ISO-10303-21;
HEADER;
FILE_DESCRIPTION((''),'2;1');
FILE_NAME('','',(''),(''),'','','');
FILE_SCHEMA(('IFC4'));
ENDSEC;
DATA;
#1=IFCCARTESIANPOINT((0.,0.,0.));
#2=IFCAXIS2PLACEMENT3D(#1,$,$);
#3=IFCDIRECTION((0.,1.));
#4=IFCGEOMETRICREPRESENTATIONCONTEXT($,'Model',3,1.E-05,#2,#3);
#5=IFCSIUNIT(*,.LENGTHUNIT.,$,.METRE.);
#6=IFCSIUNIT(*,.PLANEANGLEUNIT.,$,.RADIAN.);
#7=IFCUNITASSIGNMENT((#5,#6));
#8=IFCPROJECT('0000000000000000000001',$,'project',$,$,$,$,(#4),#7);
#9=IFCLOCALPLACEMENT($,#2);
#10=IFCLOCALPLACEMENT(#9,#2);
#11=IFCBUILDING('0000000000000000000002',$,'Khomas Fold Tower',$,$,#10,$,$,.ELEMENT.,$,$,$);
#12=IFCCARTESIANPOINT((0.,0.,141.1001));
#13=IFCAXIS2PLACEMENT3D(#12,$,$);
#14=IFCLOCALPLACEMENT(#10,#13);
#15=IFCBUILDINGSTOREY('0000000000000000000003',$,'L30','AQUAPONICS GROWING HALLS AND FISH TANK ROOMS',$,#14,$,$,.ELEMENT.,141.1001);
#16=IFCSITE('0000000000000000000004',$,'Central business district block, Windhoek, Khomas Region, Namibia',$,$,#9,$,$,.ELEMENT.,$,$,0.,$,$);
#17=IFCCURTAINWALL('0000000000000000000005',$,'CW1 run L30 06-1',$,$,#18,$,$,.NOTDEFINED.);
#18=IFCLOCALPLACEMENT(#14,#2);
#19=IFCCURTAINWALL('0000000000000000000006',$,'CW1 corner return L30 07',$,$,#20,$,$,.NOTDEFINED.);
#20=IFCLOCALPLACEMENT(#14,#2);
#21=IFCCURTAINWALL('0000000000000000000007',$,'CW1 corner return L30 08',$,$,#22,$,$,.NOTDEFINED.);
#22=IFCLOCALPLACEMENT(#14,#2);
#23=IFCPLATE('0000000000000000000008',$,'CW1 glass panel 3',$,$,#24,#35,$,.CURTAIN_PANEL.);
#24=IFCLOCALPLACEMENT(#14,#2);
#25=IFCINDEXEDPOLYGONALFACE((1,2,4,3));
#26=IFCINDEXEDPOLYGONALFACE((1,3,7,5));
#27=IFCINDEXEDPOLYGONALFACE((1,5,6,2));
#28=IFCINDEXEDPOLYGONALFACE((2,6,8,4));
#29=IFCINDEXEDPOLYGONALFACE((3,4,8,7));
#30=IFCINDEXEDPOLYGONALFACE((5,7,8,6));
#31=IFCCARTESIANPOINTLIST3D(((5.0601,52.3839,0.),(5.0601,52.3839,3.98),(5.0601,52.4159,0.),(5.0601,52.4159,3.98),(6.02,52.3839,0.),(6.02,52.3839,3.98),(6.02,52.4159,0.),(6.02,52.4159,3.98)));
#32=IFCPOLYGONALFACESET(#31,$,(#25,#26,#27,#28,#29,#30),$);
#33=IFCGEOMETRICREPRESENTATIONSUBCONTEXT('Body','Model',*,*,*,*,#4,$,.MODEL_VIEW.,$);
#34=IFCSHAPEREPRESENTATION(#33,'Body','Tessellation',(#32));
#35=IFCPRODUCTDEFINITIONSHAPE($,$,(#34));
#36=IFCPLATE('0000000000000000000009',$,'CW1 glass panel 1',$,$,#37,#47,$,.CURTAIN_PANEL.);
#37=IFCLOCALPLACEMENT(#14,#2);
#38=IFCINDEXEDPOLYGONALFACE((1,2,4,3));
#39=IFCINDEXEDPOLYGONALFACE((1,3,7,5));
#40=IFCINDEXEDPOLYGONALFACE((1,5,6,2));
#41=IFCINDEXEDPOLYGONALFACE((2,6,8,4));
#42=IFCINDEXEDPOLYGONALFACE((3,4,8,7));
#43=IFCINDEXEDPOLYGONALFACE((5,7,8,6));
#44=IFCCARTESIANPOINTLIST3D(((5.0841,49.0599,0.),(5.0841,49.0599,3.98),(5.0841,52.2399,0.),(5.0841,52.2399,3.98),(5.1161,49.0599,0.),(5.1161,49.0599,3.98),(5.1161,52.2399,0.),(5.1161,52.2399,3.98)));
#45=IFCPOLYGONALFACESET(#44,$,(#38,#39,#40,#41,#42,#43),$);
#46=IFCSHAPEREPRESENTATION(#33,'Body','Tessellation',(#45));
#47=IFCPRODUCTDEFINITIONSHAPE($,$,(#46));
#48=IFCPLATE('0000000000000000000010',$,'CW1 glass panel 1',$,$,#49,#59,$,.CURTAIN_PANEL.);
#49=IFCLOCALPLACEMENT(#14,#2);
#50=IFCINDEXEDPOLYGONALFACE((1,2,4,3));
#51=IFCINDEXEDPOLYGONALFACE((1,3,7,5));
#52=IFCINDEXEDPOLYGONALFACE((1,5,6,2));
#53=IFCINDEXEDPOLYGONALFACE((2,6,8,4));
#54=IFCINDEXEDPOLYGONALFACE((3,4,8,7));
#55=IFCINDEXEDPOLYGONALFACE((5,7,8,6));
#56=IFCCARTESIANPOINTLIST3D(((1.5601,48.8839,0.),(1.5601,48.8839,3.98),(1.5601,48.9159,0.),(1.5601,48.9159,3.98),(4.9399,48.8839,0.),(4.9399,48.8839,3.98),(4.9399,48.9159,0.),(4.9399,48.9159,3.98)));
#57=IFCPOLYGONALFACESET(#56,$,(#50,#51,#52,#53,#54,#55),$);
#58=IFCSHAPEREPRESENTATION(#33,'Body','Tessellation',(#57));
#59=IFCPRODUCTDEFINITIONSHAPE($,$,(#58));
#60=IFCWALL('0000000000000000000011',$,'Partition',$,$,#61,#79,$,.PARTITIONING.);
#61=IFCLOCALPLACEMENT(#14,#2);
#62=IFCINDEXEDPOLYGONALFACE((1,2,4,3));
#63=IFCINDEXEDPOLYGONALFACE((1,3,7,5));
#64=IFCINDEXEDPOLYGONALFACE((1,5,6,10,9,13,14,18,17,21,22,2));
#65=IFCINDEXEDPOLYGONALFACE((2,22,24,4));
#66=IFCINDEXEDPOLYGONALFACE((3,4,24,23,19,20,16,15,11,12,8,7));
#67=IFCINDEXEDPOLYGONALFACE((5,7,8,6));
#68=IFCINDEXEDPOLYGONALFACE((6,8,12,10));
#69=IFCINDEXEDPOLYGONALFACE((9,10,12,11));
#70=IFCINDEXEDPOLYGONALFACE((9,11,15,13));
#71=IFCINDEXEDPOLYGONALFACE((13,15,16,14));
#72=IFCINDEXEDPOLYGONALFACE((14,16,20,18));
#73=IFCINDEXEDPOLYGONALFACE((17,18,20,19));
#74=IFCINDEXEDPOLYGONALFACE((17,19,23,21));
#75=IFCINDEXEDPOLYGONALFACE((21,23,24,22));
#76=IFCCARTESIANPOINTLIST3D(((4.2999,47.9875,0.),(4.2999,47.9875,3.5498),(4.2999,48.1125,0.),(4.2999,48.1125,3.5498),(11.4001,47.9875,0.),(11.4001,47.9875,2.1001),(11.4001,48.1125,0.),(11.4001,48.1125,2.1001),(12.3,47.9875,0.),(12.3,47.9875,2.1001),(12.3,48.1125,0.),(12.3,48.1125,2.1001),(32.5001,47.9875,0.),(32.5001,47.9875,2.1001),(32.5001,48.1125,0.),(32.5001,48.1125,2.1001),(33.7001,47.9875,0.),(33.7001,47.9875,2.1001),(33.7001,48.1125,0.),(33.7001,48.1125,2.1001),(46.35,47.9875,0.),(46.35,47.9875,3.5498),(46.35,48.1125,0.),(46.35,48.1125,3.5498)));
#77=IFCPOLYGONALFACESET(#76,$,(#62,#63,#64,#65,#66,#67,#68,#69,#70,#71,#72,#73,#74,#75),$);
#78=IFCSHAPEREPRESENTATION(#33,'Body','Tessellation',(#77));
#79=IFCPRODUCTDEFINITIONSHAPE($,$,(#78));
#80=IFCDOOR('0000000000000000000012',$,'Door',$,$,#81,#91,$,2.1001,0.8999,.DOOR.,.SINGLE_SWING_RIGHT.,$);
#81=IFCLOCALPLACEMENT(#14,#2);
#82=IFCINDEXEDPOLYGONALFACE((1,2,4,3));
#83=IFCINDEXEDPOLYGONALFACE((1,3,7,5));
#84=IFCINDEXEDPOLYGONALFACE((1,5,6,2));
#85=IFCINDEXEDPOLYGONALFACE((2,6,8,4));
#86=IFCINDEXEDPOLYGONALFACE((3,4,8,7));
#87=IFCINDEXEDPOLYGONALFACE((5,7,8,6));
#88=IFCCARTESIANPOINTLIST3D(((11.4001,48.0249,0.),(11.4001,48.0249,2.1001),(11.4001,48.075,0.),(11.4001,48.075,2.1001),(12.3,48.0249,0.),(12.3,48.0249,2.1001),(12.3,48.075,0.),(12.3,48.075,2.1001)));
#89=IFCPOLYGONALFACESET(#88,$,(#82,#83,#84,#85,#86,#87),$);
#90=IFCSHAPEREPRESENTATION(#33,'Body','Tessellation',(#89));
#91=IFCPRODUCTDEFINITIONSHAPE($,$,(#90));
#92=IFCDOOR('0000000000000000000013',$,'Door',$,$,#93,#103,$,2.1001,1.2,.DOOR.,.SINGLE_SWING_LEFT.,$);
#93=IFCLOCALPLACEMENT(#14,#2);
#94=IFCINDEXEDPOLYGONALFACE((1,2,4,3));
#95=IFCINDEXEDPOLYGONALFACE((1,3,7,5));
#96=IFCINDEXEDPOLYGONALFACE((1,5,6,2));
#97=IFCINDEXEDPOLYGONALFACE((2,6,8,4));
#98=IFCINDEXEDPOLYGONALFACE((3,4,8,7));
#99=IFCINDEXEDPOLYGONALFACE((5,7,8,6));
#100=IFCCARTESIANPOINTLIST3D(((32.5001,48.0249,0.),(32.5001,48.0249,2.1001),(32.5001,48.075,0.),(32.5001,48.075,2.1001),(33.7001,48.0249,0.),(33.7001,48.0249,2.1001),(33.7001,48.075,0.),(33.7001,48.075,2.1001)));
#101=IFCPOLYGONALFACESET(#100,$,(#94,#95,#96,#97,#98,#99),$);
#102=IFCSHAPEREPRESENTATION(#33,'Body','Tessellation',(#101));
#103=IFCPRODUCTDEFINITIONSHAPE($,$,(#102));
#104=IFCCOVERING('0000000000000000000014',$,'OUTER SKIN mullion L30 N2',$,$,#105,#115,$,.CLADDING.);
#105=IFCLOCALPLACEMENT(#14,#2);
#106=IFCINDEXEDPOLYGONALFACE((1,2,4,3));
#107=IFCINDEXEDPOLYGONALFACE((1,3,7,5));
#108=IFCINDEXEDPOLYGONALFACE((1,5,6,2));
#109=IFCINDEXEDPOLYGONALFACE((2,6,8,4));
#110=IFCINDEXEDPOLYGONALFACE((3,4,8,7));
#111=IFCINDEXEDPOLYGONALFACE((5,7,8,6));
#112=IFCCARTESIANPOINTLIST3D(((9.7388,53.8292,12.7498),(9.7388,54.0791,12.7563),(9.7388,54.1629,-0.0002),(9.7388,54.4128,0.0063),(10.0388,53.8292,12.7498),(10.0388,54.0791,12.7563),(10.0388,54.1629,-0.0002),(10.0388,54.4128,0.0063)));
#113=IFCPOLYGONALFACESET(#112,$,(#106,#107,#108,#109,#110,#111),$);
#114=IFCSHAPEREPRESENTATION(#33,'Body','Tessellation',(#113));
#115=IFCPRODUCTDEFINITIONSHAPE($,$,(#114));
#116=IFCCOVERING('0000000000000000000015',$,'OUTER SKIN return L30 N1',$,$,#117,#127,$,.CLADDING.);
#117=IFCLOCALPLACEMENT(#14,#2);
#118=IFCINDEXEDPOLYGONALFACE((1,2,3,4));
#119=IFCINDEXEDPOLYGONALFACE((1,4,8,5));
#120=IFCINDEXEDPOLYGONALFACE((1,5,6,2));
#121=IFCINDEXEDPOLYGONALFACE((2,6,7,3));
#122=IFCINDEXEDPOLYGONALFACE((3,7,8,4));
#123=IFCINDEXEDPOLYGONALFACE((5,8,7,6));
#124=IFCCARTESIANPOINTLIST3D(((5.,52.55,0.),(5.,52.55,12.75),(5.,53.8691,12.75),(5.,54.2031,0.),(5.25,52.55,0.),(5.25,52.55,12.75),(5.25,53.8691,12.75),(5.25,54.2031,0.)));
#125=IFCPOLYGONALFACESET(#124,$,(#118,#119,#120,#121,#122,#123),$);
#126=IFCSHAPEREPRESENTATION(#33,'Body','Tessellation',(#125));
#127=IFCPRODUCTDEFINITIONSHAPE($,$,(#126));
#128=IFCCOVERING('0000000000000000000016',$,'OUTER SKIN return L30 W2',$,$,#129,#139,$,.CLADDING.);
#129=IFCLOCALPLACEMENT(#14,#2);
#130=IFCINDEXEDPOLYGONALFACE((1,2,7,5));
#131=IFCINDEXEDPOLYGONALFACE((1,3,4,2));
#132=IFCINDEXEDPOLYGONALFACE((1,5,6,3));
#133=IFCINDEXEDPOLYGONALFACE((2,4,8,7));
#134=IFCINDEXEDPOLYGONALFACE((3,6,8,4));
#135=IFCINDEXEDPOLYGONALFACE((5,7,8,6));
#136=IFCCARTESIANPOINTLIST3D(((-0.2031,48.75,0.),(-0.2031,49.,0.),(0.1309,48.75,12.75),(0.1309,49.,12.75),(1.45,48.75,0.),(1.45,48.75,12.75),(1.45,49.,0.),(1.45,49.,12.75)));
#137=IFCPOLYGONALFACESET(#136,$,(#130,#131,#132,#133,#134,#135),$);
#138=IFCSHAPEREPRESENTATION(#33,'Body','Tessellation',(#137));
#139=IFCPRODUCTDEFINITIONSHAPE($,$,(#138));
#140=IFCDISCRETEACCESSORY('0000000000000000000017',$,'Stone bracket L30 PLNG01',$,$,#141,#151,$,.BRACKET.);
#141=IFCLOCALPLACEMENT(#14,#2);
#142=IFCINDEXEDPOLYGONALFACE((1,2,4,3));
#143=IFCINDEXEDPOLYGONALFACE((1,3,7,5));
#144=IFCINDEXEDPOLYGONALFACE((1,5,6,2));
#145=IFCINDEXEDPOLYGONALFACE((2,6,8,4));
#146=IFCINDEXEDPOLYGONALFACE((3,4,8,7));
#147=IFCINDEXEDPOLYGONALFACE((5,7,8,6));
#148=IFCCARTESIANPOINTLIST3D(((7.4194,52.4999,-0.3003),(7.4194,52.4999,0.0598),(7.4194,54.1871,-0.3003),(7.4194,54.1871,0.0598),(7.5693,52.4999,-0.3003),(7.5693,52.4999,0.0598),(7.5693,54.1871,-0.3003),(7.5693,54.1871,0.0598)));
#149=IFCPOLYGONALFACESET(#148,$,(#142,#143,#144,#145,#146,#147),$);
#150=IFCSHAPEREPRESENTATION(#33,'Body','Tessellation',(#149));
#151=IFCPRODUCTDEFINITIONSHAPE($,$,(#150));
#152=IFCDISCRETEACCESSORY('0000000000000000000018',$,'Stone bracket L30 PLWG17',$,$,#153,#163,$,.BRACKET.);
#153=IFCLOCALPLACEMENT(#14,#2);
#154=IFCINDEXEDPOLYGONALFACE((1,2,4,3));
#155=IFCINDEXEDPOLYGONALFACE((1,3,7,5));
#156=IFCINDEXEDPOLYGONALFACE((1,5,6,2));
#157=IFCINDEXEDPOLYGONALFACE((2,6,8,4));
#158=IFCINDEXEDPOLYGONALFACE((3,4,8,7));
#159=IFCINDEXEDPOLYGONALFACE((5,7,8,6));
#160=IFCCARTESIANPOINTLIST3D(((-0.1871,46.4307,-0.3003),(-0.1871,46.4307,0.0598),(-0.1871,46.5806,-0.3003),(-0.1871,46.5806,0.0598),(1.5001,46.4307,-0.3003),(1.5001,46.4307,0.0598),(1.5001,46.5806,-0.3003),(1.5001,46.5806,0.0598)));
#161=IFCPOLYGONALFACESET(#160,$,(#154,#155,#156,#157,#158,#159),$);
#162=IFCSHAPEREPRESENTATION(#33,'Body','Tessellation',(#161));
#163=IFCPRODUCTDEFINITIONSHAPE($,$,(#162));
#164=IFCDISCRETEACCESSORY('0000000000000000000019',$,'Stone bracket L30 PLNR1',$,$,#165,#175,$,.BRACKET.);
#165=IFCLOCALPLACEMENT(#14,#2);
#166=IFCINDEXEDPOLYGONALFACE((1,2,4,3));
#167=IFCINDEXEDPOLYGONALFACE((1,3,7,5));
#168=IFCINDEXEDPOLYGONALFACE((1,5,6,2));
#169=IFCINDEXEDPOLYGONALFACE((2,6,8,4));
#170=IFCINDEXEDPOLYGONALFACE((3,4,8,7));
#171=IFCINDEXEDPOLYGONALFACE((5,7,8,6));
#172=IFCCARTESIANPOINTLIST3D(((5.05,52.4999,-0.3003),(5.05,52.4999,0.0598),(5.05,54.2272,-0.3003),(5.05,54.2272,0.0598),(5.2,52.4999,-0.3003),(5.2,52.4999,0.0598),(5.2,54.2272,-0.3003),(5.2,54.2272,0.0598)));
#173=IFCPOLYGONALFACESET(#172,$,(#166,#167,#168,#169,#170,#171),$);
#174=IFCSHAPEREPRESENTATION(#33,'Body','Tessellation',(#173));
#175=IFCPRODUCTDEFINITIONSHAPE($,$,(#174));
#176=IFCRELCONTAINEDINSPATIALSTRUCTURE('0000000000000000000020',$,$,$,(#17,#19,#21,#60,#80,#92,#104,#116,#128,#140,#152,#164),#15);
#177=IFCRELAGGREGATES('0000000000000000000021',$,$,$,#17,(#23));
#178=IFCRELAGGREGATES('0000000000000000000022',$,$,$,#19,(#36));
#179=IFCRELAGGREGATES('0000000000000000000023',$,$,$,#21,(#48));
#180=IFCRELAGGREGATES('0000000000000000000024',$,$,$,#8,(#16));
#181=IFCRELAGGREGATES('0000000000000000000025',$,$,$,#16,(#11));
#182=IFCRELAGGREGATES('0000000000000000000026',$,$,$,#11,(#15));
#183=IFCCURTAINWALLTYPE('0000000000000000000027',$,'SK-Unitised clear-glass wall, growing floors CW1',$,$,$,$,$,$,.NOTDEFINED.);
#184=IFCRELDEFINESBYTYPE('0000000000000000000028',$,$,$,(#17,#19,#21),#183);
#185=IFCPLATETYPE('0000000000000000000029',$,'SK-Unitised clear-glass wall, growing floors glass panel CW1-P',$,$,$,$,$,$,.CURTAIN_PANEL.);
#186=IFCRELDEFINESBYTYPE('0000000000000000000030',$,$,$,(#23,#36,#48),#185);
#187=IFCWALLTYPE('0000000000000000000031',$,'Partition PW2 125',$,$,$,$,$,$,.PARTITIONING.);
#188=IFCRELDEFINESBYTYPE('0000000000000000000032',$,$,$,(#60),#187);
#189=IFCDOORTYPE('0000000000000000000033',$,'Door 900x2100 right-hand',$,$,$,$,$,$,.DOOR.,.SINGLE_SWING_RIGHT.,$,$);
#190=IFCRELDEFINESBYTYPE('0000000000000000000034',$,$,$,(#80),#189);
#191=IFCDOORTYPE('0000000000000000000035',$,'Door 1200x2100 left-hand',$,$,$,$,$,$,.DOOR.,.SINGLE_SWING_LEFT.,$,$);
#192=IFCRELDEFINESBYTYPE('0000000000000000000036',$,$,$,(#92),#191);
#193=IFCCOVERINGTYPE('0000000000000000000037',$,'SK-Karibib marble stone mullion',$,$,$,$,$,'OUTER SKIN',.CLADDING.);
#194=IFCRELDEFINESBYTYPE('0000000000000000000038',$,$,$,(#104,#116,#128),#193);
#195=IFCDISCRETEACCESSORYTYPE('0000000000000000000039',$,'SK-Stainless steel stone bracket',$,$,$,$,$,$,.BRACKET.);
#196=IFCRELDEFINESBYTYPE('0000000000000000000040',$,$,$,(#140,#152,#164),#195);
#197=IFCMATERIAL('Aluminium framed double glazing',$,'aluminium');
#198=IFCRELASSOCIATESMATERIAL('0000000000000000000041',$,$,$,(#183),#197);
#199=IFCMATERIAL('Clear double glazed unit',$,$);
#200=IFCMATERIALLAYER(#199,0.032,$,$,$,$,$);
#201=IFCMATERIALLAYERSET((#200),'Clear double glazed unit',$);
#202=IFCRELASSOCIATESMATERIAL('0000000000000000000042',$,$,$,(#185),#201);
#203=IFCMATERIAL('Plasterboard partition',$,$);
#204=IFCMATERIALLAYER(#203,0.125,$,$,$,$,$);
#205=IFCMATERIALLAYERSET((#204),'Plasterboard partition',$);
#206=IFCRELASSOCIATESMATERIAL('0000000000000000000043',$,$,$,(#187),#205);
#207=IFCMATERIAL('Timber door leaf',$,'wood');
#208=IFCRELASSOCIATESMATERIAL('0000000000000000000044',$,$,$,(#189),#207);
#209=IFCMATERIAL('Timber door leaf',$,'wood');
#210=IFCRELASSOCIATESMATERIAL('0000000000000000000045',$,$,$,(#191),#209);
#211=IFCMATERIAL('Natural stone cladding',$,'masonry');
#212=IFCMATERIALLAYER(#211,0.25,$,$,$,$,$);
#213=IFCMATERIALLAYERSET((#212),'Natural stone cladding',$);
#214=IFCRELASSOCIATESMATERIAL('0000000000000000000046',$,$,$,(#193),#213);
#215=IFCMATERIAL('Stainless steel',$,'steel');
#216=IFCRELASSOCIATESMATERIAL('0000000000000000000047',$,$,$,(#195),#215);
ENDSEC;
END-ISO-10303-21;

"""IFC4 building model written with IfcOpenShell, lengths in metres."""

from ifc_helpers import new_model, si_unit, direction, frame, frame_2d, origin, origin_2d, place, context, subcontext, project, spatial, polyline, rectangle, outline, extrude, source, transform, mapped, material, layer, layer_set, type_object, element, fill, aggregate, save


model = new_model("IFC4")

# Units and contexts
model_context = context("Model", 3, precision=1e-05, world=origin(), true_north=direction((0.0, 1.0)))
body_context = subcontext(model_context, "Body", "Model", "MODEL_VIEW")
ifc_project = project(units=[si_unit("LENGTHUNIT", "METRE"), si_unit("PLANEANGLEUNIT", "RADIAN")], contexts=[model_context])

# Site, building, storey
site_placement = place(None, origin())
site = spatial("IfcSite", under=ifc_project, at=site_placement, Name="Central business district block, Windhoek, Khomas Region, Namibia", CompositionType="ELEMENT", RefElevation=0.0)
building_placement = place(site_placement, origin())
building = spatial("IfcBuilding", under=site, at=building_placement, Name="Khomas Fold Tower", CompositionType="ELEMENT")
storey_placement = place(building_placement, frame((0.0, 0.0, 141.1001)))
storey = spatial("IfcBuildingStorey", under=building, at=storey_placement, Name="L30", Description="AQUAPONICS GROWING HALLS AND FISH TANK ROOMS", CompositionType="ELEMENT", Elevation=141.1001)

# Shared definitions
ifc_material_1 = material(Name="Aluminium framed double glazing", Category="aluminium")
curtain_wall_type = type_object("IfcCurtainWallType", Name="SK-Unitised clear-glass wall, growing floors CW1", PredefinedType="NOTDEFINED", material=ifc_material_1)

# Curtain walls
curtain_wall_1_placement = place(storey_placement, origin())
curtain_wall_1 = element("IfcCurtainWall", 1, at=curtain_wall_1_placement, inside=storey, type_object=curtain_wall_type, Name="CW1 run L30 06-1", PredefinedType="NOTDEFINED")
curtain_wall_2_placement = place(storey_placement, origin())
curtain_wall_2 = element("IfcCurtainWall", 2, at=curtain_wall_2_placement, inside=storey, type_object=curtain_wall_type, Name="CW1 corner return L30 07", PredefinedType="NOTDEFINED")
curtain_wall_3_placement = place(storey_placement, origin())
curtain_wall_3 = element("IfcCurtainWall", 3, at=curtain_wall_3_placement, inside=storey, type_object=curtain_wall_type, Name="CW1 corner return L30 08", PredefinedType="NOTDEFINED")

# Plates
ifc_material_2 = material(Name="Clear double glazed unit")
ifc_layer_1 = layer(ifc_material_2, 0.032)
ifc_layer_set_1 = layer_set([ifc_layer_1], Name="Clear double glazed unit")
plate_type_1 = type_object("IfcPlateType", Name="SK-Unitised clear-glass wall, growing floors glass panel CW1-P", PredefinedType="CURTAIN_PANEL", material=ifc_layer_set_1)
shared_shape_1 = source(origin(), body_context, "Body", "SweptSolid", [
    extrude(rectangle(XDim=0.96, YDim=0.032, at=origin_2d()), origin(), (0.0, 0.0, 1.0), 3.98),
])
plate_1_placement = place(storey_placement, frame((5.54, 52.3999, 0.0), z_axis=(0.0, 0.0, 1.0), x_axis=(-1.0, 0.0, 0.0)))
plate_1 = element("IfcPlate", 4, at=plate_1_placement, type_object=plate_type_1, Name="CW1 glass panel 3", PredefinedType="CURTAIN_PANEL", context=body_context, shape_type="MappedRepresentation", body=[
    mapped(shared_shape_1, transform((0.0, 0.0, 0.0))),
])
aggregate(curtain_wall_1, [plate_1])
shared_shape_2 = source(origin(), body_context, "Body", "SweptSolid", [
    extrude(rectangle(XDim=3.1799, YDim=0.032, at=origin_2d()), origin(), (0.0, 0.0, 1.0), 3.98),
])
plate_2_placement = place(storey_placement, frame((5.1001, 50.6499, 0.0), z_axis=(0.0, 0.0, 1.0), x_axis=(0.0, -1.0, 0.0)))
plate_2 = element("IfcPlate", 5, at=plate_2_placement, type_object=plate_type_1, Name="CW1 glass panel 1", PredefinedType="CURTAIN_PANEL", context=body_context, shape_type="MappedRepresentation", body=[
    mapped(shared_shape_2, transform((0.0, 0.0, 0.0))),
])
aggregate(curtain_wall_2, [plate_2])
shared_shape_3 = source(origin(), body_context, "Body", "SweptSolid", [
    extrude(rectangle(XDim=3.3799, YDim=0.032, at=origin_2d()), origin(), (0.0, 0.0, 1.0), 3.98),
])
plate_3_placement = place(storey_placement, frame((3.25, 48.8999, 0.0), z_axis=(0.0, 0.0, 1.0), x_axis=(-1.0, 0.0, 0.0)))
plate_3 = element("IfcPlate", 6, at=plate_3_placement, type_object=plate_type_1, Name="CW1 glass panel 1", PredefinedType="CURTAIN_PANEL", context=body_context, shape_type="MappedRepresentation", body=[
    mapped(shared_shape_3, transform((0.0, 0.0, 0.0))),
])
aggregate(curtain_wall_3, [plate_3])

# Wall, openings, doors
ifc_material_3 = material(Name="Plasterboard partition")
ifc_layer_2 = layer(ifc_material_3, 0.125)
ifc_layer_set_2 = layer_set([ifc_layer_2], Name="Plasterboard partition")
wall_type = type_object("IfcWallType", Name="Partition PW2 125", PredefinedType="PARTITIONING", material=ifc_layer_set_2)
shared_shape_4 = source(origin(), body_context, "Body", "SweptSolid", [
    extrude(rectangle(XDim=42.05, YDim=0.125, at=frame_2d((21.0249, 0.0))), origin(), (0.0, 0.0, 1.0), 3.5498),
])
wall_placement = place(storey_placement, frame((4.3, 48.05, 0.0), z_axis=(0.0, 0.0, 1.0), x_axis=(1.0, 0.0, 0.0)))
wall = element("IfcWall", 7, at=wall_placement, inside=storey, type_object=wall_type, Name="Partition", PredefinedType="PARTITIONING", context=body_context, shape_type="MappedRepresentation", body=[
    mapped(shared_shape_4, transform((0.0, 0.0, 0.0))),
])
shared_shape_5 = source(origin(), body_context, "Body", "SweptSolid", [
    extrude(rectangle(XDim=0.8999, YDim=2.1001, at=frame_2d((0.45, 1.05))), frame((0.0, 0.0725, 0.0), z_axis=(0.0, -1.0, 0.0), x_axis=(1.0, 0.0, 0.0)), (0.0, 0.0, 1.0), 0.145),
])
opening_1_placement = place(wall_placement, frame((7.1001, 0.0, 0.0)))
opening_1 = element("IfcOpeningElement", 8, at=opening_1_placement, cuts=wall, PredefinedType="OPENING", context=body_context, shape_type="MappedRepresentation", body=[
    mapped(shared_shape_5, transform((0.0, 0.0, 0.0))),
])
shared_shape_6 = source(origin(), body_context, "Body", "SweptSolid", [
    extrude(rectangle(XDim=1.2, YDim=2.1001, at=frame_2d((0.6001, 1.05))), frame((0.0, 0.0725, 0.0), z_axis=(0.0, -1.0, 0.0), x_axis=(1.0, 0.0, 0.0)), (0.0, 0.0, 1.0), 0.145),
])
opening_2_placement = place(wall_placement, frame((28.2, 0.0, 0.0)))
opening_2 = element("IfcOpeningElement", 9, at=opening_2_placement, cuts=wall, PredefinedType="OPENING", context=body_context, shape_type="MappedRepresentation", body=[
    mapped(shared_shape_6, transform((0.0, 0.0, 0.0))),
])
ifc_material_4 = material(Name="Timber door leaf", Category="wood")
door_type_1 = type_object("IfcDoorType", Name="Door 900x2100 right-hand", OperationType="SINGLE_SWING_RIGHT", PredefinedType="DOOR", material=ifc_material_4)
shared_shape_7 = source(origin(), body_context, "Body", "SweptSolid", [
    extrude(rectangle(XDim=0.8999, YDim=2.1001, at=frame_2d((0.45, 1.05))), frame((0.0, 0.0249, 0.0), z_axis=(0.0, -1.0, 0.0), x_axis=(1.0, 0.0, 0.0)), (0.0, 0.0, 1.0), 0.05),
])
door_1_placement = place(opening_1_placement, origin())
door_1 = element("IfcDoor", 10, at=door_1_placement, inside=storey, type_object=door_type_1, Name="Door", OperationType="SINGLE_SWING_RIGHT", OverallHeight=2.1001, OverallWidth=0.8999, PredefinedType="DOOR", context=body_context, shape_type="MappedRepresentation", body=[
    mapped(shared_shape_7, transform((0.0, 0.0, 0.0))),
])
fill(opening_1, door_1)
ifc_material_5 = material(Name="Timber door leaf", Category="wood")
door_type_2 = type_object("IfcDoorType", Name="Door 1200x2100 left-hand", OperationType="SINGLE_SWING_LEFT", PredefinedType="DOOR", material=ifc_material_5)
shared_shape_8 = source(origin(), body_context, "Body", "SweptSolid", [
    extrude(rectangle(XDim=1.2, YDim=2.1001, at=frame_2d((0.6001, 1.05))), frame((0.0, 0.0249, 0.0), z_axis=(0.0, -1.0, 0.0), x_axis=(1.0, 0.0, 0.0)), (0.0, 0.0, 1.0), 0.05),
])
door_2_placement = place(opening_2_placement, origin())
door_2 = element("IfcDoor", 11, at=door_2_placement, inside=storey, type_object=door_type_2, Name="Door", OperationType="SINGLE_SWING_LEFT", OverallHeight=2.1001, OverallWidth=1.2, PredefinedType="DOOR", context=body_context, shape_type="MappedRepresentation", body=[
    mapped(shared_shape_8, transform((0.0, 0.0, 0.0))),
])
fill(opening_2, door_2)

# Coverings
ifc_material_6 = material(Name="Natural stone cladding", Category="masonry")
ifc_layer_3 = layer(ifc_material_6, 0.25)
ifc_layer_set_3 = layer_set([ifc_layer_3], Name="Natural stone cladding")
covering_type = type_object("IfcCoveringType", Name="SK-Karibib marble stone mullion", ElementType="OUTER SKIN", PredefinedType="CLADDING", material=ifc_layer_set_3)
covering_1_placement = place(storey_placement, frame((9.7388, 54.4128, 0.0063), z_axis=(0.0, 0.999658, 0.026167), x_axis=(1.0, 0.0, 0.0)))
element("IfcCovering", 12, at=covering_1_placement, inside=storey, type_object=covering_type, Name="OUTER SKIN mullion L30 N2", PredefinedType="CLADDING", context=body_context, shape_type="SweptSolid", body=[
    extrude(outline(polyline([(0.0, 0.0), (0.3, 0.0), (0.3, -12.7544), (0.0, -12.7544), (0.0, 0.0)])), origin(), (0.0, 0.0, -1.0), 0.25),
])
covering_2_placement = place(storey_placement, frame((5.0, 52.55, 12.75), z_axis=(-1.0, 0.0, 0.0), x_axis=(0.0, 1.0, 0.0)))
element("IfcCovering", 13, at=covering_2_placement, inside=storey, type_object=covering_type, Name="OUTER SKIN return L30 N1", PredefinedType="CLADDING", context=body_context, shape_type="SweptSolid", body=[
    extrude(outline(polyline([(0.0, 0.0), (1.3191, 0.0), (1.6531, 12.75), (0.0, 12.75), (0.0, 0.0)])), origin(), (0.0, 0.0, -1.0), 0.25),
])
covering_3_placement = place(storey_placement, frame((1.45, 49.0, 0.0), z_axis=(0.0, 1.0, 0.0), x_axis=(-1.0, 0.0, 0.0)))
element("IfcCovering", 14, at=covering_3_placement, inside=storey, type_object=covering_type, Name="OUTER SKIN return L30 W2", PredefinedType="CLADDING", context=body_context, shape_type="SweptSolid", body=[
    extrude(outline(polyline([(0.0, 0.0), (1.6531, 0.0), (1.3191, 12.75), (0.0, 12.75), (0.0, 0.0)])), origin(), (0.0, 0.0, -1.0), 0.25),
])

# Discrete accessories
ifc_material_7 = material(Name="Stainless steel", Category="steel")
discrete_accessory_type = type_object("IfcDiscreteAccessoryType", Name="SK-Stainless steel stone bracket", PredefinedType="BRACKET", material=ifc_material_7)
shared_shape_9 = source(origin(), body_context, "Body", "SweptSolid", [
    extrude(rectangle(XDim=1.6873, YDim=0.1499, at=origin_2d()), origin(), (0.0, 0.0, 1.0), 0.3601),
])
for number, where, z_axis, x_axis, name in (
    (15, (7.4944, 53.3435, -0.3003), (0.0, 0.0, 1.0), (0.0, 1.0, 0.0), "Stone bracket L30 PLNG01"),
    (16, (0.6565, 46.5056, -0.3003), (0.0, 0.0, 1.0), (-1.0, 0.0, 0.0), "Stone bracket L30 PLWG17"),
):
    element("IfcDiscreteAccessory", number, at=place(storey_placement, frame(where, z_axis=z_axis, x_axis=x_axis)), inside=storey, type_object=discrete_accessory_type, Name=name, PredefinedType="BRACKET", context=body_context, shape_type="MappedRepresentation", body=[
        mapped(shared_shape_9, transform((0.0, 0.0, 0.0))),
    ])
shared_shape_10 = source(origin(), body_context, "Body", "SweptSolid", [
    extrude(rectangle(XDim=1.7273, YDim=0.1499, at=origin_2d()), origin(), (0.0, 0.0, 1.0), 0.3601),
])
for number, where, z_axis, x_axis, name in (
    (17, (5.125, 53.3635, -0.3003), (0.0, 0.0, 1.0), (0.0, 1.0, 0.0), "Stone bracket L30 PLNR1"),
):
    element("IfcDiscreteAccessory", number, at=place(storey_placement, frame(where, z_axis=z_axis, x_axis=x_axis)), inside=storey, type_object=discrete_accessory_type, Name=name, PredefinedType="BRACKET", context=body_context, shape_type="MappedRepresentation", body=[
        mapped(shared_shape_10, transform((0.0, 0.0, 0.0))),
    ])

save(model, "model.ifc")
